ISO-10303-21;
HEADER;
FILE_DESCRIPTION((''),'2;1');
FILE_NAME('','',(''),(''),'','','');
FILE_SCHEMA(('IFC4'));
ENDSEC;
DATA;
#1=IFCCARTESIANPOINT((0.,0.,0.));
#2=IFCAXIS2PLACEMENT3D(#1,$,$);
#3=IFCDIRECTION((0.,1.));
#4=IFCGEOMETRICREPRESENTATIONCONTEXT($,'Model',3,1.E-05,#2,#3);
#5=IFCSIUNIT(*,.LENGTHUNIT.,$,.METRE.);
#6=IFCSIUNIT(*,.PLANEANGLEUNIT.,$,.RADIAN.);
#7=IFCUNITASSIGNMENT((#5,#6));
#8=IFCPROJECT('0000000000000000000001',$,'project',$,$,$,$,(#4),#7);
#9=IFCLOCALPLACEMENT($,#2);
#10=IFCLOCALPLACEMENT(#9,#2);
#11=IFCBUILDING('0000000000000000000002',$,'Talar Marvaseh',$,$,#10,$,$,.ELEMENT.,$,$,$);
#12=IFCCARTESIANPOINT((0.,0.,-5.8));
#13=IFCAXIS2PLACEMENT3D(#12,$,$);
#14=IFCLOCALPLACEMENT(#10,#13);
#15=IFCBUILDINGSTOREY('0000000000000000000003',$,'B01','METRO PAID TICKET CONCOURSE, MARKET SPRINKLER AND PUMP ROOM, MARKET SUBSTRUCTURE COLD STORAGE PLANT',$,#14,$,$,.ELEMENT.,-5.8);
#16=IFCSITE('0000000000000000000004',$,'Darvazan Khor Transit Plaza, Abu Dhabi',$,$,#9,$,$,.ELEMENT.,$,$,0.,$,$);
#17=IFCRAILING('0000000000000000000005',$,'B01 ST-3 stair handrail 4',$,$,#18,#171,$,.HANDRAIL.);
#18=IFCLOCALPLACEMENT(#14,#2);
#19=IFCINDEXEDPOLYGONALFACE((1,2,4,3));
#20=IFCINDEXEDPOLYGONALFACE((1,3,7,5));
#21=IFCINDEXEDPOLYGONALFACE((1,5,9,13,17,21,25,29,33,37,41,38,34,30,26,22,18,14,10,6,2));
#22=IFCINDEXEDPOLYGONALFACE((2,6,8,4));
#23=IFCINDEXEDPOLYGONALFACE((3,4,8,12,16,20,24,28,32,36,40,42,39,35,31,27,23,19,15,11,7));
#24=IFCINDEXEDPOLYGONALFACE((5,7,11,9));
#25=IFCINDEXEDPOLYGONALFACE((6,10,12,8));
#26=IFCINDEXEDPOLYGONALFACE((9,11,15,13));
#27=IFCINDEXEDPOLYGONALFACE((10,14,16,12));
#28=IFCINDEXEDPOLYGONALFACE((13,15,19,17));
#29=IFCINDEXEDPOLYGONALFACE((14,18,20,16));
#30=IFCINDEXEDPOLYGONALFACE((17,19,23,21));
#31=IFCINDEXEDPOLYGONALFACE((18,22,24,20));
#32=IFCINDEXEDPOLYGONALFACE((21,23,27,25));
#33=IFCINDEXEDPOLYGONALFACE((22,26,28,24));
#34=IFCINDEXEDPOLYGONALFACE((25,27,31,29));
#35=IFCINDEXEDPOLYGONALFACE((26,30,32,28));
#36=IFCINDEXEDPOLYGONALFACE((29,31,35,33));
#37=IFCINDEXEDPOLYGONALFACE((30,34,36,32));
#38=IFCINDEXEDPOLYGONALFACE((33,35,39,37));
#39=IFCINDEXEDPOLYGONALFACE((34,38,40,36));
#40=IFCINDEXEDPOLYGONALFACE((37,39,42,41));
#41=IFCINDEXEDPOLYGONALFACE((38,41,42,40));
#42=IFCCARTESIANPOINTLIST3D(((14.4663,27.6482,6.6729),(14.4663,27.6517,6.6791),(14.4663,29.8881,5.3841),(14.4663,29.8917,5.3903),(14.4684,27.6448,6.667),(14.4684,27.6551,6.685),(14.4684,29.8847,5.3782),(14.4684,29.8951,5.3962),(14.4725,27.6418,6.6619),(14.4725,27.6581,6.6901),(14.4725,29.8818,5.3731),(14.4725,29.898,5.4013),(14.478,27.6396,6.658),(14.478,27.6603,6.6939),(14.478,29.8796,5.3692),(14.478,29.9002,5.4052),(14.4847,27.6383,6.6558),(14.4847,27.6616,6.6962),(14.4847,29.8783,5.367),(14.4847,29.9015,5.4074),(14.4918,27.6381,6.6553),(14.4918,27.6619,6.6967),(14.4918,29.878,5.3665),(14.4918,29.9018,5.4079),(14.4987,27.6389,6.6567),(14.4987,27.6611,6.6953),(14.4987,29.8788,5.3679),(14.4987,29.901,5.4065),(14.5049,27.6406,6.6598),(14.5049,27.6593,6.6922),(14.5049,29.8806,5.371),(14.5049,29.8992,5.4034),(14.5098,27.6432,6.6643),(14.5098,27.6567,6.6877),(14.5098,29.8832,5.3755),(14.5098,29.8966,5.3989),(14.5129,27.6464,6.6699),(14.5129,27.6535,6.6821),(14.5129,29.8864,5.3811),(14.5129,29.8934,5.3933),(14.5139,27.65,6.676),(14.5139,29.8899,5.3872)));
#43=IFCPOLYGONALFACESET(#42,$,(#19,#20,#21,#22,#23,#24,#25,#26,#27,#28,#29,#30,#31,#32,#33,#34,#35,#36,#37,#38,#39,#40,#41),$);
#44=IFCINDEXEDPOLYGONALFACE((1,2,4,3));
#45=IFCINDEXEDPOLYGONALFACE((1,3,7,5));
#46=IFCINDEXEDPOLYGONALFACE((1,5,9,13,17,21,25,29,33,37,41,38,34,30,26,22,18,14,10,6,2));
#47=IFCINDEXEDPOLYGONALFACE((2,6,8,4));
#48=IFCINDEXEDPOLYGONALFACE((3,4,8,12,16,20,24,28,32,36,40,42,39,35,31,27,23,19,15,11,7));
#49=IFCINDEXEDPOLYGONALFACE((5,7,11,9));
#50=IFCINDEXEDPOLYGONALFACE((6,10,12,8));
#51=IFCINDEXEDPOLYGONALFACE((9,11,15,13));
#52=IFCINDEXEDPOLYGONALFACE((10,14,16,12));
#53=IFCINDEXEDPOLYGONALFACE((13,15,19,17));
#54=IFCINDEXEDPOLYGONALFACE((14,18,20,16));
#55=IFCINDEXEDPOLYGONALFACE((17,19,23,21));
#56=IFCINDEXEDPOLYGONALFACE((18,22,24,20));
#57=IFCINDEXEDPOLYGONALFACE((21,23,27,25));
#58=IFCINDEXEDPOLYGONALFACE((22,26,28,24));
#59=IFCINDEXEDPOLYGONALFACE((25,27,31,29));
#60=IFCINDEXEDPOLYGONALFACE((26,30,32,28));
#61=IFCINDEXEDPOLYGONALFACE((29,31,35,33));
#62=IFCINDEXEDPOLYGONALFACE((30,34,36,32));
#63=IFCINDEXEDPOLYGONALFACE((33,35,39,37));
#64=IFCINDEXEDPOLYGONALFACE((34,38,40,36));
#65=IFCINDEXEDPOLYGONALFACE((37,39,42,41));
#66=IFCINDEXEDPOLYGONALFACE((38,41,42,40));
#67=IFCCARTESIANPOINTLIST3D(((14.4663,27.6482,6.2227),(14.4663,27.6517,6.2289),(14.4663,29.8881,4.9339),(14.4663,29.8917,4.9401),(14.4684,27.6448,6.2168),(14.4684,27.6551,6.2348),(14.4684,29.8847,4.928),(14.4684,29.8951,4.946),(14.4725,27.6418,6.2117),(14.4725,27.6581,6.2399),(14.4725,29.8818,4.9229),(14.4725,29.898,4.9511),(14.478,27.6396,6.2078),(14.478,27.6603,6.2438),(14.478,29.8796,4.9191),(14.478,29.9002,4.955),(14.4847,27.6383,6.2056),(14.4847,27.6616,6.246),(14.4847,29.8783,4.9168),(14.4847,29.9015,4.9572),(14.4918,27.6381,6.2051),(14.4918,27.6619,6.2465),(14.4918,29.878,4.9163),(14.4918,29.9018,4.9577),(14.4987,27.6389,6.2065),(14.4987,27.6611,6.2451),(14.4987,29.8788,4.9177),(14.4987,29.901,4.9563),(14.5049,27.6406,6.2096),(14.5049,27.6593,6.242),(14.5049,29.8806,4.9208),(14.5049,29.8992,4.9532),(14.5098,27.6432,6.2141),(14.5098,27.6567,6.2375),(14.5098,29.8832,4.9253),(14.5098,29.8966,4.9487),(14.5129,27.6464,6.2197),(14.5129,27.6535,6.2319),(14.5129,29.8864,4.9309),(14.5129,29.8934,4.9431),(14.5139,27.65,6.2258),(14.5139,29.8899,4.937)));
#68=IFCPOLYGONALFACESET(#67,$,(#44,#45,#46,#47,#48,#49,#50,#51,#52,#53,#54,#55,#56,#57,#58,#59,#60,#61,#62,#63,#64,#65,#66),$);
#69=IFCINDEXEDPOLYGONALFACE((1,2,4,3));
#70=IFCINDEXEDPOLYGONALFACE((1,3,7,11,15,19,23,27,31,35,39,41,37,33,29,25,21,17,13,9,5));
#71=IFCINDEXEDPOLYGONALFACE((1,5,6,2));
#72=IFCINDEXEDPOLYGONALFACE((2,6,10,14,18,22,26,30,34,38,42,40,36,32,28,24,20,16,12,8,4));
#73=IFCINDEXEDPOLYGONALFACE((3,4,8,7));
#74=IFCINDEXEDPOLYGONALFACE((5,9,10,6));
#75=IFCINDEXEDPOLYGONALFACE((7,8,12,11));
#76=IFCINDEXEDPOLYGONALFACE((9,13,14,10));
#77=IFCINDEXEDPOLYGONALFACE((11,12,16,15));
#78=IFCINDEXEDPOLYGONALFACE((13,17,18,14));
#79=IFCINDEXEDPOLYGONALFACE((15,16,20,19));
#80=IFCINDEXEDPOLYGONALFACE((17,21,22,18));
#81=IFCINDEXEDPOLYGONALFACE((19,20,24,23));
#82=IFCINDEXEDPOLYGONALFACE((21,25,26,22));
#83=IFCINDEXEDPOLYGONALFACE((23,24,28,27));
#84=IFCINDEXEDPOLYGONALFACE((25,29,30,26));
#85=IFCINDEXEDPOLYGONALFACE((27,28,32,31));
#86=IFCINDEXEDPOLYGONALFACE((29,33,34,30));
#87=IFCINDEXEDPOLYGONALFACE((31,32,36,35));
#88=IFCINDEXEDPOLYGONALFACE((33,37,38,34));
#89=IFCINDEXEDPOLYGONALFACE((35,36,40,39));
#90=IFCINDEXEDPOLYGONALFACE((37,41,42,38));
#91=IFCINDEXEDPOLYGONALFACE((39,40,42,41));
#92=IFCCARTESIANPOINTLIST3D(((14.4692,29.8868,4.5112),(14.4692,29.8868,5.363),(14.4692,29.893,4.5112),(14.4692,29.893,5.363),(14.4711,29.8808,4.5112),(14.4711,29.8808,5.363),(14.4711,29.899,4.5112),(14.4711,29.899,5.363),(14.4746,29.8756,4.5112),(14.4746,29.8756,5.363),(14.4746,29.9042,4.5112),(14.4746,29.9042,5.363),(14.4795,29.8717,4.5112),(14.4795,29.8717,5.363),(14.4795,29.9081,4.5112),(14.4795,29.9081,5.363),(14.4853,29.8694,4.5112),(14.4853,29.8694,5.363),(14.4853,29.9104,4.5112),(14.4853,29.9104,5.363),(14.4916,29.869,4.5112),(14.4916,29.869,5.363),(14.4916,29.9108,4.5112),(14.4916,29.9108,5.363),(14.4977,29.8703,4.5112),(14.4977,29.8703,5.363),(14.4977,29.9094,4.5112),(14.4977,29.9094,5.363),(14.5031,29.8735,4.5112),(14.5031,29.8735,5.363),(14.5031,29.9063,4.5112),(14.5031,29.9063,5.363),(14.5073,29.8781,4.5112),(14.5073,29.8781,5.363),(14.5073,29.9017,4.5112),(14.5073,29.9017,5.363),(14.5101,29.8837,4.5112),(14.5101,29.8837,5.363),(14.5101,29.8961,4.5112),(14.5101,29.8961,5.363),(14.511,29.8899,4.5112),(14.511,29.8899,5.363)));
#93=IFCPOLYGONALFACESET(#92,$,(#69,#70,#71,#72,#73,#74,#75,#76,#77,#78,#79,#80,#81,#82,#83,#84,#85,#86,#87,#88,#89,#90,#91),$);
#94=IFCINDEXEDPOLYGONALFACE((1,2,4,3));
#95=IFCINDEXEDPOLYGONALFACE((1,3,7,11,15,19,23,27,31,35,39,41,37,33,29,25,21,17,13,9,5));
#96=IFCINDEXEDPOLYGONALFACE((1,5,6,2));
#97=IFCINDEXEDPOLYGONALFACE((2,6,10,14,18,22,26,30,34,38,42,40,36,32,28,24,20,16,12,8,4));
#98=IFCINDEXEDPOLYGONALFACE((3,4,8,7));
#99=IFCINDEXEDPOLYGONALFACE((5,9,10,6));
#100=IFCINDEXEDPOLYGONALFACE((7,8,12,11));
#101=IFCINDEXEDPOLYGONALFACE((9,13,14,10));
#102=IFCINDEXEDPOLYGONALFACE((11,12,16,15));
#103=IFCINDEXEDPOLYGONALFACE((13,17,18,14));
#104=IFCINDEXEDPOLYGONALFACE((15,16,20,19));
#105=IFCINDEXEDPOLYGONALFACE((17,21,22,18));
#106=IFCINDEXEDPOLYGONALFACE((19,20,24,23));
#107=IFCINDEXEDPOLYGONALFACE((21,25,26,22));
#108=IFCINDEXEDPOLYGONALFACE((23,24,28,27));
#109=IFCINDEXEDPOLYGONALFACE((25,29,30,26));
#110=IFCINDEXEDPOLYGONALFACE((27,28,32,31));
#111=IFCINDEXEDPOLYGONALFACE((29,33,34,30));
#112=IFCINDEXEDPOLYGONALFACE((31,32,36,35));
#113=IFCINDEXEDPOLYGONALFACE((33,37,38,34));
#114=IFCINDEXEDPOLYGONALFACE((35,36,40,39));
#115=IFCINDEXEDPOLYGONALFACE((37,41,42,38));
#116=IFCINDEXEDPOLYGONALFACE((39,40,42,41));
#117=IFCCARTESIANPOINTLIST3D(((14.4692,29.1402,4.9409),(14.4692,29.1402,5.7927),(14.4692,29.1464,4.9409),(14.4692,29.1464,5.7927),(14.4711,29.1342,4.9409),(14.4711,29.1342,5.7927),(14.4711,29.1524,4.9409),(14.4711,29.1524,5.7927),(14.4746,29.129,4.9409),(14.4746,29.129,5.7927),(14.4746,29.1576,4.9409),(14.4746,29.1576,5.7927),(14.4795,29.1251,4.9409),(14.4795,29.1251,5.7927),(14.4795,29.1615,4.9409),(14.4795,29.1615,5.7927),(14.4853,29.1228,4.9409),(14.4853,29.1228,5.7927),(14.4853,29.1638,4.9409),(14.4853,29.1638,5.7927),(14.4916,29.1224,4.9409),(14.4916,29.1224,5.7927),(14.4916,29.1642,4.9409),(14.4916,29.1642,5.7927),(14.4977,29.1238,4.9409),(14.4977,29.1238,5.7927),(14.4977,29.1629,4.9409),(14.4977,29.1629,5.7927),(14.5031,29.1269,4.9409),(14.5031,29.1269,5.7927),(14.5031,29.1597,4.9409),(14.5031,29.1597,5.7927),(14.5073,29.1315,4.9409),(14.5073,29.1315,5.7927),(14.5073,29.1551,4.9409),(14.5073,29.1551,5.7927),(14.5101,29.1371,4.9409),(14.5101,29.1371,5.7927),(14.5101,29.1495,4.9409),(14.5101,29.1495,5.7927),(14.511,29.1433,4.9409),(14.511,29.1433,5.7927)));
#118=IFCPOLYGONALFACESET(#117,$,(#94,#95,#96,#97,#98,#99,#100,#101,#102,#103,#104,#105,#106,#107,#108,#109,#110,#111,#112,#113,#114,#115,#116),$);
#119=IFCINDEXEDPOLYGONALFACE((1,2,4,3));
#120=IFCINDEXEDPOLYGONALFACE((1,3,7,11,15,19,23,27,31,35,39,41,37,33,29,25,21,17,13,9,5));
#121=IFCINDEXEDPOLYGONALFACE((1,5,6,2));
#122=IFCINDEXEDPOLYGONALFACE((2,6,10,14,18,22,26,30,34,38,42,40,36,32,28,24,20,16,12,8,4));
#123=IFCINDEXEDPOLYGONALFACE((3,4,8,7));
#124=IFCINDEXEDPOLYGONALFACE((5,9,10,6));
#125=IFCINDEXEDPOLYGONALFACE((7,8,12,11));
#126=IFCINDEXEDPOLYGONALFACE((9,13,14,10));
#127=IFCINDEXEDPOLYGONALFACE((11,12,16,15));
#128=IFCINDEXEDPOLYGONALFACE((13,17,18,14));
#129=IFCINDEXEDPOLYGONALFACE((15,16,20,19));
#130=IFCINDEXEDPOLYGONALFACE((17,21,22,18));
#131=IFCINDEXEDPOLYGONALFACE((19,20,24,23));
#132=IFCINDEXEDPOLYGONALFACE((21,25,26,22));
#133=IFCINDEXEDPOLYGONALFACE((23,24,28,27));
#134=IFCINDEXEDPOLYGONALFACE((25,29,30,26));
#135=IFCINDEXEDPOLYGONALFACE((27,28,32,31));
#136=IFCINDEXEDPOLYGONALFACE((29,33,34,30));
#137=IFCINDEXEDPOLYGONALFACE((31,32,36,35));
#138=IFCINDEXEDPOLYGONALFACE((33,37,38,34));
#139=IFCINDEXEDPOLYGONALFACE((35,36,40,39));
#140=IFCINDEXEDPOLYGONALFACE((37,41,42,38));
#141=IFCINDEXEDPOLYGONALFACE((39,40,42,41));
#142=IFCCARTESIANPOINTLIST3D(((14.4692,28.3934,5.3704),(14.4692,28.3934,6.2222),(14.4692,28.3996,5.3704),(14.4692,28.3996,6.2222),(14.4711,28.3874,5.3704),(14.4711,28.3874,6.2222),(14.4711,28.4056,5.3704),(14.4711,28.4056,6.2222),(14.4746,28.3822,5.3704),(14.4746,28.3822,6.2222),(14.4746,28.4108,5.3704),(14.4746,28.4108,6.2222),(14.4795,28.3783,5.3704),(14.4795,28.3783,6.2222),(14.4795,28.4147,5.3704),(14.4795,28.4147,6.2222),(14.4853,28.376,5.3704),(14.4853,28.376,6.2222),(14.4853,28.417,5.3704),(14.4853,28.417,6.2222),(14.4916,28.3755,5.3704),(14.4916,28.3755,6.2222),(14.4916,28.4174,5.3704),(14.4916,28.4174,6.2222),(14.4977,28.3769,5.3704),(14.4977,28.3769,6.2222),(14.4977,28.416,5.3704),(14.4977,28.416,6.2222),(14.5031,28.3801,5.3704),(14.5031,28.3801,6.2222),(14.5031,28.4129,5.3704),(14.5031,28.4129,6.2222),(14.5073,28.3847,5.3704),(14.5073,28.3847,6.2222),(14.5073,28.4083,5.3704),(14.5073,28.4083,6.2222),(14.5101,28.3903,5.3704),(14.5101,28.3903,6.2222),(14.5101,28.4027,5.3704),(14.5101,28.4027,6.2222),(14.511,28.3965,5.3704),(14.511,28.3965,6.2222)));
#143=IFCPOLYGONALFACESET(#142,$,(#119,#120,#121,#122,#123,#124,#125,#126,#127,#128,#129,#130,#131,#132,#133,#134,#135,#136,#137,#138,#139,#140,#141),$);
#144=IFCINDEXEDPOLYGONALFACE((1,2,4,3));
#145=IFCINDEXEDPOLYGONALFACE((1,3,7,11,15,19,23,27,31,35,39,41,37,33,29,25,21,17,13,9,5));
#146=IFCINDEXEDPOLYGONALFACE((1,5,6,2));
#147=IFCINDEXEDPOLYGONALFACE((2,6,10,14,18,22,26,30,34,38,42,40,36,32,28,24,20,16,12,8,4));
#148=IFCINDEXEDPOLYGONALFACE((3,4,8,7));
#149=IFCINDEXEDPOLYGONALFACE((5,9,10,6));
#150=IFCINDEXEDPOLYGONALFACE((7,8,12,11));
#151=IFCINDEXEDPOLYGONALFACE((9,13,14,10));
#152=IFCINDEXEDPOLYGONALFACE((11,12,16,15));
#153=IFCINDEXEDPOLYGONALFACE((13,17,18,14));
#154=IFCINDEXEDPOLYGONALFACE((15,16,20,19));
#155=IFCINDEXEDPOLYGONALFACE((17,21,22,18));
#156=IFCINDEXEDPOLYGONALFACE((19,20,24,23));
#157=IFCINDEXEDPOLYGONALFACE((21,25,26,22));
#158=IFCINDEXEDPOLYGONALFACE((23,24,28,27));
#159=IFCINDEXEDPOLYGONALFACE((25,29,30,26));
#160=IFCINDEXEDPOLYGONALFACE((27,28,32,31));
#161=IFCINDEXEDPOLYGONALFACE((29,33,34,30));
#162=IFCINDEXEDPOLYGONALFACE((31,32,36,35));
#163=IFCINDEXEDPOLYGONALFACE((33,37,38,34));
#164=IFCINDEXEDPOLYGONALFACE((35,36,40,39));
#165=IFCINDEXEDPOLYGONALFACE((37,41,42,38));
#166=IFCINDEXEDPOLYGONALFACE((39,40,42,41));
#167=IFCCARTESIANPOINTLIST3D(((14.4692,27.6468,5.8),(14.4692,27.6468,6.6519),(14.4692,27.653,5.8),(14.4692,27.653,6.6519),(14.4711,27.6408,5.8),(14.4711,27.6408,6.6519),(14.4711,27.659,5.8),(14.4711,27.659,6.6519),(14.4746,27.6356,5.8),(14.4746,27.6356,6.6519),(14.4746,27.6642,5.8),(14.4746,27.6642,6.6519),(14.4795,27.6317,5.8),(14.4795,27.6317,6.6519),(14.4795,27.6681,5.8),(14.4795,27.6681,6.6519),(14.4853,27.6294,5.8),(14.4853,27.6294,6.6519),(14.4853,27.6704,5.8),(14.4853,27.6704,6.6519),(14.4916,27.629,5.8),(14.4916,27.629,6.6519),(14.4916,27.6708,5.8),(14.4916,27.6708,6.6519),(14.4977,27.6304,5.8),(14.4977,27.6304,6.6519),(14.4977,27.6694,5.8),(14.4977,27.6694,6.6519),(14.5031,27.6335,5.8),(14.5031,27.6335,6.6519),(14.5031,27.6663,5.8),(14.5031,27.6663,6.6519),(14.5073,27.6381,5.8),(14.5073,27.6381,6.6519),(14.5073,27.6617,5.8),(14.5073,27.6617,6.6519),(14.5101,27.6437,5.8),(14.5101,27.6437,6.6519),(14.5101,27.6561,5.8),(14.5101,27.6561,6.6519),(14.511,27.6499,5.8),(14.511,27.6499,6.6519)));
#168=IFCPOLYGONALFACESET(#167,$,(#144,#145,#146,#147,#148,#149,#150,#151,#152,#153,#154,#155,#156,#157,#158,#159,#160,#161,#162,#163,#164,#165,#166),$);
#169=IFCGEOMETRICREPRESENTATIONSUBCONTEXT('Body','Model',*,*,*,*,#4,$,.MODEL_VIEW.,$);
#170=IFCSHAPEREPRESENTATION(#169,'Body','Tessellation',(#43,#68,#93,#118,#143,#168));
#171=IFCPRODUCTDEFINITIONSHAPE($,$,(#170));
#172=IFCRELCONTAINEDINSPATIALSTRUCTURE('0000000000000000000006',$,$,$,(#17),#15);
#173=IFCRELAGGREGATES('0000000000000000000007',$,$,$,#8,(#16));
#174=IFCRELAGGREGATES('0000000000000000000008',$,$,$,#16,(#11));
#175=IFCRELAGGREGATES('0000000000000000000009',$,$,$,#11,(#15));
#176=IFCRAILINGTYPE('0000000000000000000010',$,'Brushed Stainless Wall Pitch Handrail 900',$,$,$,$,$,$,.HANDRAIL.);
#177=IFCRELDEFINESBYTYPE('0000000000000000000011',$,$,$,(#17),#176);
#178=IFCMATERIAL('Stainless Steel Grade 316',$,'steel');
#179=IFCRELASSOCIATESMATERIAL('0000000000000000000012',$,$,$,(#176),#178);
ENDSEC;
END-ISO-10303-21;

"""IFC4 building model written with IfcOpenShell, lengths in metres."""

from ifc_helpers import new_model, si_unit, direction, frame, origin, origin_2d, place, context, subcontext, project, spatial, circle, extrude, material, type_object, element, save


model = new_model("IFC4")

# Units and contexts
model_context = context("Model", 3, precision=1e-05, world=origin(), true_north=direction((0.0, 1.0)))
body_context = subcontext(model_context, "Body", "Model", "MODEL_VIEW")
ifc_project = project(units=[si_unit("LENGTHUNIT", "METRE"), si_unit("PLANEANGLEUNIT", "RADIAN")], contexts=[model_context])

# Site, building, storey
site_placement = place(None, origin())
site = spatial("IfcSite", under=ifc_project, at=site_placement, Name="Darvazan Khor Transit Plaza, Abu Dhabi", CompositionType="ELEMENT", RefElevation=0.0)
building_placement = place(site_placement, origin())
building = spatial("IfcBuilding", under=site, at=building_placement, Name="Talar Marvaseh", CompositionType="ELEMENT")
storey_placement = place(building_placement, frame((0.0, 0.0, -5.8)))
storey = spatial("IfcBuildingStorey", under=building, at=storey_placement, Name="B01", Description="METRO PAID TICKET CONCOURSE, MARKET SPRINKLER AND PUMP ROOM, MARKET SUBSTRUCTURE COLD STORAGE PLANT", CompositionType="ELEMENT", Elevation=-5.8)

# Railing
ifc_material_1 = material(Name="Stainless Steel Grade 316", Category="steel")
railing_type_1 = type_object("IfcRailingType", Name="Brushed Stainless Wall Pitch Handrail 900", PredefinedType="HANDRAIL", material=ifc_material_1)
railing_1_placement = place(storey_placement, frame((14.49, 29.8899, 4.5112)))
element("IfcRailing", 1, at=railing_1_placement, inside=storey, type_object=railing_type_1, Name="B01 ST-3 stair handrail 4", PredefinedType="HANDRAIL", context=body_context, shape_type="SweptSolid", body=[
    extrude(circle(Radius=0.0239, at=origin_2d()), frame((0.0, 0.0, 0.876), z_axis=(0.0, -0.866768, 0.498711), x_axis=(1.0, 0.0, 0.0)), (0.0, 0.0, 1.0), 2.5842),
    extrude(circle(Radius=0.0239, at=origin_2d()), frame((0.0, 0.0, 0.4258), z_axis=(0.0, -0.866768, 0.498711), x_axis=(1.0, 0.0, 0.0)), (0.0, 0.0, 1.0), 2.5842),
    extrude(circle(Radius=0.021, at=origin_2d()), origin(), (0.0, 0.0, 1.0), 0.8518),
    extrude(circle(Radius=0.021, at=origin_2d()), frame((0.0, -0.7466, 0.4297)), (0.0, 0.0, 1.0), 0.8518),
    extrude(circle(Radius=0.021, at=origin_2d()), frame((0.0, -1.4934, 0.8591)), (0.0, 0.0, 1.0), 0.8518),
    extrude(circle(Radius=0.021, at=origin_2d()), frame((0.0, -2.24, 1.2888)), (0.0, 0.0, 1.0), 0.8518),
])

save(model, "model.ifc")
